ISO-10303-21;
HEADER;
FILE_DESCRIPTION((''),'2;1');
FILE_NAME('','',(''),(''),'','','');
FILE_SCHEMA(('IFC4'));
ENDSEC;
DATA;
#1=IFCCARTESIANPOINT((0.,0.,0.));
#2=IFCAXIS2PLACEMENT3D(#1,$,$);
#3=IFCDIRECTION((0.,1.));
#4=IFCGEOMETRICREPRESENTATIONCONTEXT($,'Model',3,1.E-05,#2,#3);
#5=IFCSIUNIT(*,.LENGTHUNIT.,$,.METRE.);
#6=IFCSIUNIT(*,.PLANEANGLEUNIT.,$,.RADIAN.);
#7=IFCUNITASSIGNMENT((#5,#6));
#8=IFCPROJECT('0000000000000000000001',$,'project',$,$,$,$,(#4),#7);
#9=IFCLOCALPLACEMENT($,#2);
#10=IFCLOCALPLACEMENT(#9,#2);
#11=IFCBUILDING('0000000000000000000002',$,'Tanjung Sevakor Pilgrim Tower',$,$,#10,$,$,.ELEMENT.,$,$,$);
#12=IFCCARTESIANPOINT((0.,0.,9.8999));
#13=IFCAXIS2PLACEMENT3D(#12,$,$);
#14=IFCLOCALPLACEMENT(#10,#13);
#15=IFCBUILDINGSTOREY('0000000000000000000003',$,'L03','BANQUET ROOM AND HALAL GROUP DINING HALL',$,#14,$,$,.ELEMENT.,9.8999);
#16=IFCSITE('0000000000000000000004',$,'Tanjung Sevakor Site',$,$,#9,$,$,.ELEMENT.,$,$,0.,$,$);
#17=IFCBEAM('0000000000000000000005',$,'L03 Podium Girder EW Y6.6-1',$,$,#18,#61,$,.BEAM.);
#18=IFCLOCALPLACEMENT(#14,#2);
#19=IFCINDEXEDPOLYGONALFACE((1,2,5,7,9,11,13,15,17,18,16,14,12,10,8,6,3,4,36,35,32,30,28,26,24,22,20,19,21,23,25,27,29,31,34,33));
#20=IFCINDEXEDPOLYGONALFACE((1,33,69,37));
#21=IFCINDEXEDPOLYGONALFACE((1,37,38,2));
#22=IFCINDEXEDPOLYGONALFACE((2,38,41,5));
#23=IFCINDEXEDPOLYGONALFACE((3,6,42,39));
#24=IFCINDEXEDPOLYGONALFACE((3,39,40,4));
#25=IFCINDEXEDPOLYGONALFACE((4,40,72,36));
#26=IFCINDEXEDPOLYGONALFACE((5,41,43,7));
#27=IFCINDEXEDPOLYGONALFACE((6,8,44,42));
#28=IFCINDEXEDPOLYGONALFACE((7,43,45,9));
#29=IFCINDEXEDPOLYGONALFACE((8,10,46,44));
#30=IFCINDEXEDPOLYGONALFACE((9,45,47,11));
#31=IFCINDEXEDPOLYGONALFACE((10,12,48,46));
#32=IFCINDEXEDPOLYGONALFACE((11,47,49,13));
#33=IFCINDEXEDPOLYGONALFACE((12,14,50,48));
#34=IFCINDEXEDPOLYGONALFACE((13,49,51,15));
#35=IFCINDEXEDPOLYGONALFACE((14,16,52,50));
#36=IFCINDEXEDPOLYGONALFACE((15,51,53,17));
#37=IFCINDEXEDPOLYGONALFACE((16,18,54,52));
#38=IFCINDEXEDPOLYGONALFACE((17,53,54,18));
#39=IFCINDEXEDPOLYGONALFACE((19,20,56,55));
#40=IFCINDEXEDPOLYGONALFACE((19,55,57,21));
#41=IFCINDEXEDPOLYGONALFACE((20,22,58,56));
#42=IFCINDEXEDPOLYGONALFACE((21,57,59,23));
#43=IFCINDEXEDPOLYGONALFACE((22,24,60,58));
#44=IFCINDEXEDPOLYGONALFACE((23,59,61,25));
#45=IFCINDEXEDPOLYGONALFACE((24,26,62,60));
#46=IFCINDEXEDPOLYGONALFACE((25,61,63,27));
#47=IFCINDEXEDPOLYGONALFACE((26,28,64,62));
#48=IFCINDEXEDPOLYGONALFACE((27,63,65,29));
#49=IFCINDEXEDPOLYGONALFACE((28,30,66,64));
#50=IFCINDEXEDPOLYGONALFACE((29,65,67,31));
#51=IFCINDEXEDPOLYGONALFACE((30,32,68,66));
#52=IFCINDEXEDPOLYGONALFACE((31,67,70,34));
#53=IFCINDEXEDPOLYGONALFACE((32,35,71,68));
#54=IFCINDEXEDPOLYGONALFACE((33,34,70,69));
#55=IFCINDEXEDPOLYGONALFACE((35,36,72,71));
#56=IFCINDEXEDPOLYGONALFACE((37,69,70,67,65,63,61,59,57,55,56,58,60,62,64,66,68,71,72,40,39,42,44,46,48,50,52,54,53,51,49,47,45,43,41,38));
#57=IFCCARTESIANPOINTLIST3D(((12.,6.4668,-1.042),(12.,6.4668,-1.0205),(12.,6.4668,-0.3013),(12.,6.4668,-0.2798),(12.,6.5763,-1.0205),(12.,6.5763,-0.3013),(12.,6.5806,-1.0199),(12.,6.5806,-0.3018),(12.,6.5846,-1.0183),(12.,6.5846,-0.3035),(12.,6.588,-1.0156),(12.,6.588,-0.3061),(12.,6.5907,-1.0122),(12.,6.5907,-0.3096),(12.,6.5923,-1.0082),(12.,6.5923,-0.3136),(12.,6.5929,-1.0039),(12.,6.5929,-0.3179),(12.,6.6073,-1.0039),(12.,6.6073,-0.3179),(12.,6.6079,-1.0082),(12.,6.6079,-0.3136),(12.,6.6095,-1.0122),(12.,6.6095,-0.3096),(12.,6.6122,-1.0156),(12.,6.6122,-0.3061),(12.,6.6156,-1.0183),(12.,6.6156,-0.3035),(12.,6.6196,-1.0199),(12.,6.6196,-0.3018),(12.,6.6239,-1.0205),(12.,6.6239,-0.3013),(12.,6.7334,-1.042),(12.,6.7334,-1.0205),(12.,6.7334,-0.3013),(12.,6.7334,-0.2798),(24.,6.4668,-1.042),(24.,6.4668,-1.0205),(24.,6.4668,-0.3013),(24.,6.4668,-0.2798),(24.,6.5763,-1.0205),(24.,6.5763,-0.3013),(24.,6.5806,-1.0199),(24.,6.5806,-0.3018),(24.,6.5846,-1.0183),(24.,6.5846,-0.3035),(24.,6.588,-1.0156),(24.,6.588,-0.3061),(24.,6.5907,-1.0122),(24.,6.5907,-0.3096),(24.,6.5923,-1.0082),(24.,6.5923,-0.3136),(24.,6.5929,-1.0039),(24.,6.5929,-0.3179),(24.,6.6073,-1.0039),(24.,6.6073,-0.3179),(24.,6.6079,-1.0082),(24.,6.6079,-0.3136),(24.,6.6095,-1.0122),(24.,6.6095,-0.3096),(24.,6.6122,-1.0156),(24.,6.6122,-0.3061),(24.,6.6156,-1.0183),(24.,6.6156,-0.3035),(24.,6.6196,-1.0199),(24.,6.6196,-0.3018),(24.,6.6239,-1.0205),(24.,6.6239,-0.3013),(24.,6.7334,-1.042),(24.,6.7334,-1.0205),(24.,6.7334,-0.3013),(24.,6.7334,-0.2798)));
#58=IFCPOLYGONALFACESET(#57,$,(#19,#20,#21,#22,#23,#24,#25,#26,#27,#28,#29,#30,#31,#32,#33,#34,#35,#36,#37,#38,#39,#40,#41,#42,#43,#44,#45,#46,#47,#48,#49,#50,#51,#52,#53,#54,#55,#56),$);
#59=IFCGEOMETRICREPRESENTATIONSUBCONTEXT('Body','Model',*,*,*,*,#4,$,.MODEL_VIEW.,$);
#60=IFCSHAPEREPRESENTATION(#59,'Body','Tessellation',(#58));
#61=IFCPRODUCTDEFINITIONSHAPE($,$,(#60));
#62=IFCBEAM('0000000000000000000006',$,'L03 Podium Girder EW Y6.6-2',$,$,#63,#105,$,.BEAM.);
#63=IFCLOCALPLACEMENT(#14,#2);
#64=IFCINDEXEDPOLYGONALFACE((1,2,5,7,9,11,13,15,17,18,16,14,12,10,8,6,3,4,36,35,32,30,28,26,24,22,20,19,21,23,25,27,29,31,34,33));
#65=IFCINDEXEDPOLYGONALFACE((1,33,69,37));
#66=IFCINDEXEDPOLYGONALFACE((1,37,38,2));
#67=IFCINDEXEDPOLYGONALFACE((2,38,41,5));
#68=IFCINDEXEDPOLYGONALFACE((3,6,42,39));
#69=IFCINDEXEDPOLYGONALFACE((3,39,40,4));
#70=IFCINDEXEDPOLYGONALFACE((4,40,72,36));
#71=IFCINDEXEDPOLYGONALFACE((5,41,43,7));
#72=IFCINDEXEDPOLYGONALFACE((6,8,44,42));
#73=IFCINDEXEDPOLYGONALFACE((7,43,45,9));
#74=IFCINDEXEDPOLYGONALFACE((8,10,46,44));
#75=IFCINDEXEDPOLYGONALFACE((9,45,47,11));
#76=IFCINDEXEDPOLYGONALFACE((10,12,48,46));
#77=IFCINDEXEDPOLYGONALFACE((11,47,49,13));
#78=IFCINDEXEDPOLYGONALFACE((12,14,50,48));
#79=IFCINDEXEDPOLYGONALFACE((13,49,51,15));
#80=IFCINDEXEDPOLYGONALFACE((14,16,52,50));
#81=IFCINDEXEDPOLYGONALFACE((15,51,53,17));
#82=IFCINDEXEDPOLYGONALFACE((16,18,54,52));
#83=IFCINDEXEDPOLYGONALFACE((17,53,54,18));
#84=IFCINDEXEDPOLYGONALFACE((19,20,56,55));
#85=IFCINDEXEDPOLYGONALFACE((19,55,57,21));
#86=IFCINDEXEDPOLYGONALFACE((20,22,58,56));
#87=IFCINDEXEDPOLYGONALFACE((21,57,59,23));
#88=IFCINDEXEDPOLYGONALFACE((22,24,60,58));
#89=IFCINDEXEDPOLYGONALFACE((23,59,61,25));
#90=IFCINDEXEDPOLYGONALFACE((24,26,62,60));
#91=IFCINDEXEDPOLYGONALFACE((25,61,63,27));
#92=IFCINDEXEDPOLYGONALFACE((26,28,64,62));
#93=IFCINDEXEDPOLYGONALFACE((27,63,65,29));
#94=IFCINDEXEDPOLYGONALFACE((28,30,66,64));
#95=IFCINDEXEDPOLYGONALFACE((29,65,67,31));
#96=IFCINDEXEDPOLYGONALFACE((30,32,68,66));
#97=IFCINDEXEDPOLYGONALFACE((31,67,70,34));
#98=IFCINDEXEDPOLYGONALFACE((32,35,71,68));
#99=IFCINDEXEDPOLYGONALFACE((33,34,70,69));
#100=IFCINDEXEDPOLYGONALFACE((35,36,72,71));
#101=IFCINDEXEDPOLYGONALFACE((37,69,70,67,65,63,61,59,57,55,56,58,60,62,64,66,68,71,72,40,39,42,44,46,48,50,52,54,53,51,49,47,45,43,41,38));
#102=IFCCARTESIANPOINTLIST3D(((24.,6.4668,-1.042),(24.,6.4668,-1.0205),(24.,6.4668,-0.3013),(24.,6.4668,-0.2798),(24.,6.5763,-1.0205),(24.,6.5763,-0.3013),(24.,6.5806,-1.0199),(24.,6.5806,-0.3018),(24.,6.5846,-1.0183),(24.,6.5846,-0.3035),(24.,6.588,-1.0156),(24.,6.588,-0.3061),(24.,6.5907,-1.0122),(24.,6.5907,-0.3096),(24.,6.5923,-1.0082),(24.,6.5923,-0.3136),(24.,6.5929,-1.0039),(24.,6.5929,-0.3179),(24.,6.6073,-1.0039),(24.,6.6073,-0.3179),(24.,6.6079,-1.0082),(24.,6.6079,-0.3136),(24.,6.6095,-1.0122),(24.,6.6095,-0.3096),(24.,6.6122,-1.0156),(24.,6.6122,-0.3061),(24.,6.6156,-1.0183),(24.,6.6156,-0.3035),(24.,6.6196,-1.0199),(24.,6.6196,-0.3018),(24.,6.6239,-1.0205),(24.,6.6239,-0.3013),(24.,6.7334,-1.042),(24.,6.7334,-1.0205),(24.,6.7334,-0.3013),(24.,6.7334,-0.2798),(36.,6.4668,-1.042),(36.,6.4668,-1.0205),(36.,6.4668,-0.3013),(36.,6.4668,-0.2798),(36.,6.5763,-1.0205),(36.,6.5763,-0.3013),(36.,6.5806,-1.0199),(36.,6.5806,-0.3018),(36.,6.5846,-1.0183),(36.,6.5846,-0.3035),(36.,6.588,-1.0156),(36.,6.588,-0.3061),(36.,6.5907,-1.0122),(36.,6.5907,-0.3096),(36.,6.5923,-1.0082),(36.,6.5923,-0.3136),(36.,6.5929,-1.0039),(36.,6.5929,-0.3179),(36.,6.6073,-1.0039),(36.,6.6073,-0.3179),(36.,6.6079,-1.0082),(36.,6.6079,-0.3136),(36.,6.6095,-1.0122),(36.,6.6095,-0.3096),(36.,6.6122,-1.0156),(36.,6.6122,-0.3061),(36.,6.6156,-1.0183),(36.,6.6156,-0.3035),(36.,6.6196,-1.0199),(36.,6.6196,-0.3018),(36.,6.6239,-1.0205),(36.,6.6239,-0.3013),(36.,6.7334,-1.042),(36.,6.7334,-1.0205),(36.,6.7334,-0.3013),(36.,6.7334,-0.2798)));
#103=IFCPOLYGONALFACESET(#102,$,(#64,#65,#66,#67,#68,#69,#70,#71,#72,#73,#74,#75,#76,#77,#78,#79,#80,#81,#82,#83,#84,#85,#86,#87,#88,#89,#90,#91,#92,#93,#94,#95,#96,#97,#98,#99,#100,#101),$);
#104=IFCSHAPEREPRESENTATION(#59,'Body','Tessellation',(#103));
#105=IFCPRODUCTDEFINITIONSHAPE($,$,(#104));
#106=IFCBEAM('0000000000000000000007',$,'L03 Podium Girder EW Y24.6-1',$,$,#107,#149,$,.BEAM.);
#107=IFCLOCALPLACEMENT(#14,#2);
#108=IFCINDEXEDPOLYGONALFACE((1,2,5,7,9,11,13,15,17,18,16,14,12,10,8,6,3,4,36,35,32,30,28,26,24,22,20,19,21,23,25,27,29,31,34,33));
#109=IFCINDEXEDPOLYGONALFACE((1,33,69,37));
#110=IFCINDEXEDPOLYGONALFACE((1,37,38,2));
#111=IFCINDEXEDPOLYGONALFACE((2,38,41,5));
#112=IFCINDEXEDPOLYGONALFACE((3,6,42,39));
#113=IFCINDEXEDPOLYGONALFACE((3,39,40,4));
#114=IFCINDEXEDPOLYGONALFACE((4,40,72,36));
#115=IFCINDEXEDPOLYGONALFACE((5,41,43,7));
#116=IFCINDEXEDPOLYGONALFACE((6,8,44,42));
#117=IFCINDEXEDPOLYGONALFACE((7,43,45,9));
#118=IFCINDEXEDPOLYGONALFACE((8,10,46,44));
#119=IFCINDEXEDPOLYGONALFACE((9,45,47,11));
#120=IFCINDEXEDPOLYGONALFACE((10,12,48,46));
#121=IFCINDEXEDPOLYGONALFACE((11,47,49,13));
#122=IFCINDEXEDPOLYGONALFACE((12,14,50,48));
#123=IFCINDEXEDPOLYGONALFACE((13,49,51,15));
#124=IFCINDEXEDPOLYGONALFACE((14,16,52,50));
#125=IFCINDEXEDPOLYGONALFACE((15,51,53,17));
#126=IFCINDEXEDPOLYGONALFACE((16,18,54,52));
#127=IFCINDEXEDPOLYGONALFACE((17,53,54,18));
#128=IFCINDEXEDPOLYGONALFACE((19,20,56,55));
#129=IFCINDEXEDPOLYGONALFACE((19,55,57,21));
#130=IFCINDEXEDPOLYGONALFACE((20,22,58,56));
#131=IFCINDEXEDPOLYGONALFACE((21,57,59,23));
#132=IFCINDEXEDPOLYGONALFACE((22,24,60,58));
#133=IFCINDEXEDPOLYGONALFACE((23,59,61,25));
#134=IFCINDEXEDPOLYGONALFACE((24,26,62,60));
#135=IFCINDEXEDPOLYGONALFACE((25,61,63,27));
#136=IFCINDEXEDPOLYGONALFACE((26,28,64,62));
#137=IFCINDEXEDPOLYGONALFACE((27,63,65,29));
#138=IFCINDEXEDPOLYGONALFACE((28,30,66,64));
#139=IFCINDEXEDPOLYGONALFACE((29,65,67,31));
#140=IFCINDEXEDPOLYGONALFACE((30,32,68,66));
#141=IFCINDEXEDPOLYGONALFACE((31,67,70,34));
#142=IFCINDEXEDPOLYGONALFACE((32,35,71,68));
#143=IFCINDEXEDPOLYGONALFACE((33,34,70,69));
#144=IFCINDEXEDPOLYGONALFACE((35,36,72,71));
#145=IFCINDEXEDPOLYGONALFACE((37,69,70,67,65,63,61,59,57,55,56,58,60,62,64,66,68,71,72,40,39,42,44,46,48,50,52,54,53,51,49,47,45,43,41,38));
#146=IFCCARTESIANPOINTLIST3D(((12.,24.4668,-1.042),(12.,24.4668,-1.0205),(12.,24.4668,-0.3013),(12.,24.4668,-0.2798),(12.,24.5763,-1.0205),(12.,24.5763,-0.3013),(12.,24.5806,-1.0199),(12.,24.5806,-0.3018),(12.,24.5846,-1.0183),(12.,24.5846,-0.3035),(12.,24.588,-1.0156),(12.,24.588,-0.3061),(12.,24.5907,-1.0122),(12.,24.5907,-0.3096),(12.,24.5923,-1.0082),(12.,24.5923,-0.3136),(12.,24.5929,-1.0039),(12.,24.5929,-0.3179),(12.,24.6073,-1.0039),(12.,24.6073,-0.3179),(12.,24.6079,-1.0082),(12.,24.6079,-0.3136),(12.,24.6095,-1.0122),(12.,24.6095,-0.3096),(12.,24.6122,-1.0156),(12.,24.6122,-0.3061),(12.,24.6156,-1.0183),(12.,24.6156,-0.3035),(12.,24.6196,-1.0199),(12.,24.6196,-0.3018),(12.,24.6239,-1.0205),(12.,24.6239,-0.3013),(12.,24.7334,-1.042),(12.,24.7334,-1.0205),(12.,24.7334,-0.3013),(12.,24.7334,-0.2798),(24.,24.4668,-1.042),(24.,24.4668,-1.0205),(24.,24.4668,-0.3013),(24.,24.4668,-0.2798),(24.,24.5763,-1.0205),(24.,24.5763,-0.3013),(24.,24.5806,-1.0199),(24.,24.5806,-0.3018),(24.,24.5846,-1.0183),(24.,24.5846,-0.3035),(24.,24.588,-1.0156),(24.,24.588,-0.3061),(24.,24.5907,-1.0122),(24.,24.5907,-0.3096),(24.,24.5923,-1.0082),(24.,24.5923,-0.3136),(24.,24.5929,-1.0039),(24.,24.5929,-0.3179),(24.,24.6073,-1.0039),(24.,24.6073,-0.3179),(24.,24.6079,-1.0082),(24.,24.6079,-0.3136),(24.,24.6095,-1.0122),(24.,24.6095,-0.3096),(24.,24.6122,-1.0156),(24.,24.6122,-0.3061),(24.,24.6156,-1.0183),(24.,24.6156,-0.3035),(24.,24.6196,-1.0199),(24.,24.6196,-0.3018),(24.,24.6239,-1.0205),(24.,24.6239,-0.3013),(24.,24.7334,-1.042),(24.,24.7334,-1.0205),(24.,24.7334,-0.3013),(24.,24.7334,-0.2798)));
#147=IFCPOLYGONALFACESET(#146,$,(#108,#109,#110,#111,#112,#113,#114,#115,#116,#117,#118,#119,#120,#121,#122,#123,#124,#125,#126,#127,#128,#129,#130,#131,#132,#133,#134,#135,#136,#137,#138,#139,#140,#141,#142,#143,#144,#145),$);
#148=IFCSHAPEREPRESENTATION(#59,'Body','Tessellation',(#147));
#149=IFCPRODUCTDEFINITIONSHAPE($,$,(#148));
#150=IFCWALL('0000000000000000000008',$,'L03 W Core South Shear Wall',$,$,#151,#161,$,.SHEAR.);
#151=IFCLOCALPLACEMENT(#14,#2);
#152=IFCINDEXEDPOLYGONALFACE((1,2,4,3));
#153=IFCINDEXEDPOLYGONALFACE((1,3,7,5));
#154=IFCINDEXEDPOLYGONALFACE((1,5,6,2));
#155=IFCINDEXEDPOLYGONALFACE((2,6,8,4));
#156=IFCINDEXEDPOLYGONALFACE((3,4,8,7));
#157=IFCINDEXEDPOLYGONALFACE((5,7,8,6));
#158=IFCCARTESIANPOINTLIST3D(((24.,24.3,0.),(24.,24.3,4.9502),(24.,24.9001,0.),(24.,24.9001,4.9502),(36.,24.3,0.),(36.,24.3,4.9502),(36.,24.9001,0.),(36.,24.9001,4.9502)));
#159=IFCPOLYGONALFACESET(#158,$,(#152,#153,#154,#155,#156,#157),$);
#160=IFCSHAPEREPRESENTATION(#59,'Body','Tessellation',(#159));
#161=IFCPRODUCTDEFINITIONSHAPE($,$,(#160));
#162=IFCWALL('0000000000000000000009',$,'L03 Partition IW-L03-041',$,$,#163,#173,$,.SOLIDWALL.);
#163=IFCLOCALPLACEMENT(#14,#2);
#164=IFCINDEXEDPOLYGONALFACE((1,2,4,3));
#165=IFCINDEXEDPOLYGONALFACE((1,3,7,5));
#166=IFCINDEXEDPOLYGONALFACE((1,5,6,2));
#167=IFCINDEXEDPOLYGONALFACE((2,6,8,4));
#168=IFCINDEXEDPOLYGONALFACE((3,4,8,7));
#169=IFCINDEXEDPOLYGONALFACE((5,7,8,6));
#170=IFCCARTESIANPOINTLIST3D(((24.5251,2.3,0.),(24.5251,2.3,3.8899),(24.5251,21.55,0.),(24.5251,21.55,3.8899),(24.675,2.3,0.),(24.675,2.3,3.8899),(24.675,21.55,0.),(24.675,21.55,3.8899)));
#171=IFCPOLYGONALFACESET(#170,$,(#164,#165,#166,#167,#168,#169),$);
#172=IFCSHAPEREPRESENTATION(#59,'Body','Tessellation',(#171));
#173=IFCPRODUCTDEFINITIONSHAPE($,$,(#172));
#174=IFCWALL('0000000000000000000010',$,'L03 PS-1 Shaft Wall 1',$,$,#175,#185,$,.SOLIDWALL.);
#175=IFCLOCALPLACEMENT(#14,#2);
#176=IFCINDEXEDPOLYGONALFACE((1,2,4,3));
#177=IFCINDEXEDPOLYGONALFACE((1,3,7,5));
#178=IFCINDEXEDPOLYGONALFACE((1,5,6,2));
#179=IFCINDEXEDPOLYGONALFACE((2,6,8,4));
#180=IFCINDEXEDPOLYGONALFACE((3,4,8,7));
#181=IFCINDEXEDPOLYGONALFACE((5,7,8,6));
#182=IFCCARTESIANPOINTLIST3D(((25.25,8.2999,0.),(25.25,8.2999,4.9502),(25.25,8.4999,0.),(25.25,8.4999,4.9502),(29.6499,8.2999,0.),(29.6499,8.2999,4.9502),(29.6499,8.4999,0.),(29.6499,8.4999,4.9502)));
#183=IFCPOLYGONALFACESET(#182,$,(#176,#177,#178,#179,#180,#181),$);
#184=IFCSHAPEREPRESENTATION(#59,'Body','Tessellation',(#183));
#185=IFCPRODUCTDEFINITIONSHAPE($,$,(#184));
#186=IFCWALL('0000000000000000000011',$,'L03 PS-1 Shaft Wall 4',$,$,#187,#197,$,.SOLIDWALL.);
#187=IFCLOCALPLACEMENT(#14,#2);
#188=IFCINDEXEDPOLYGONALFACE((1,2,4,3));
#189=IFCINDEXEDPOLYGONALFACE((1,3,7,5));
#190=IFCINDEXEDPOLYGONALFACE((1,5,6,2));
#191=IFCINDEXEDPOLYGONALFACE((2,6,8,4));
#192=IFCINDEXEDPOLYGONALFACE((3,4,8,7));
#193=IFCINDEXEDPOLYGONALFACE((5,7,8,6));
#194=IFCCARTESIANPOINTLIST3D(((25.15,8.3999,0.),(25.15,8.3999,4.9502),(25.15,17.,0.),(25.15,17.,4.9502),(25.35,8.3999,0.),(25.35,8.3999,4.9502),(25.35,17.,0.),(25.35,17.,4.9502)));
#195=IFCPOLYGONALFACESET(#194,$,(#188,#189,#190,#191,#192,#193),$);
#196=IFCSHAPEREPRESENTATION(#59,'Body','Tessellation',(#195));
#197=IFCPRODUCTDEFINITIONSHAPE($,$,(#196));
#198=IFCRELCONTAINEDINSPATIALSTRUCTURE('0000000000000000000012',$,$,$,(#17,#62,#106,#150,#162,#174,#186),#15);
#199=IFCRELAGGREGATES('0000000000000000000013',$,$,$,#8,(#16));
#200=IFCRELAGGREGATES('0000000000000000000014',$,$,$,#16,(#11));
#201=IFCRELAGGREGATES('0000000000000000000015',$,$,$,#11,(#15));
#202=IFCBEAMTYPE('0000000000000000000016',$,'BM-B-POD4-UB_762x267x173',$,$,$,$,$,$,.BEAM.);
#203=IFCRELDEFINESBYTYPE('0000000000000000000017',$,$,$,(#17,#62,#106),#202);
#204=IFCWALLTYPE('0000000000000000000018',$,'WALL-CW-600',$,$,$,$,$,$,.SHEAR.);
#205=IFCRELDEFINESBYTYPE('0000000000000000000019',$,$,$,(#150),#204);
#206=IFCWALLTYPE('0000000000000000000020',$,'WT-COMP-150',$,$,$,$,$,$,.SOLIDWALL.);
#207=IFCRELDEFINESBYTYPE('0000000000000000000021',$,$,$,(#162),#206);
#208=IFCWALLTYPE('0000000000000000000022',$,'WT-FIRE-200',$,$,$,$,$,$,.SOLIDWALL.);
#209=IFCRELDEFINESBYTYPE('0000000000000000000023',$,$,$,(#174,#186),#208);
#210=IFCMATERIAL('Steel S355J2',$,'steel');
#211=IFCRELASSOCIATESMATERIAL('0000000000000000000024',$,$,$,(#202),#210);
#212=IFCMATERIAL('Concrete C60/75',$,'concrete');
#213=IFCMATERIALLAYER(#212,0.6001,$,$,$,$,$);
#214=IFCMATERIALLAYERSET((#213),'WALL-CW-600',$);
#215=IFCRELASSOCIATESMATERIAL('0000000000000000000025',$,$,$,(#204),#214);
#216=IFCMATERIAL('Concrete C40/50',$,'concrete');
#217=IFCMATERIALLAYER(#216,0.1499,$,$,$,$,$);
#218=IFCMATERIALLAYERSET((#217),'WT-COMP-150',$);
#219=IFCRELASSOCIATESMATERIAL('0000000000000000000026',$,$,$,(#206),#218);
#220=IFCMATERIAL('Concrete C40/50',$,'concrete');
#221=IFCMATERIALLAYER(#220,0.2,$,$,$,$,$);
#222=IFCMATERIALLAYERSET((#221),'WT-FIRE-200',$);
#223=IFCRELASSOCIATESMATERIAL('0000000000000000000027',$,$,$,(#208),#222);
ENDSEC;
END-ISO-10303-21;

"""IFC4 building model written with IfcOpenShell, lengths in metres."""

from ifc_helpers import new_model, si_unit, direction, frame, frame_2d, origin, origin_2d, place, context, subcontext, project, spatial, rectangle, i_section, extrude, material, layer, layer_set, material_profile, profile_set, type_object, element, save


model = new_model("IFC4")

# Units and contexts
model_context = context("Model", 3, precision=1e-05, world=origin(), true_north=direction((0.0, 1.0)))
body_context = subcontext(model_context, "Body", "Model", "MODEL_VIEW")
ifc_project = project(units=[si_unit("LENGTHUNIT", "METRE"), si_unit("PLANEANGLEUNIT", "RADIAN")], contexts=[model_context])

# Site, building, storey
site_placement = place(None, origin())
site = spatial("IfcSite", under=ifc_project, at=site_placement, Name="Tanjung Sevakor Site", CompositionType="ELEMENT", RefElevation=0.0)
building_placement = place(site_placement, origin())
building = spatial("IfcBuilding", under=site, at=building_placement, Name="Tanjung Sevakor Pilgrim Tower", CompositionType="ELEMENT")
storey_placement = place(building_placement, frame((0.0, 0.0, 9.8999)))
storey = spatial("IfcBuildingStorey", under=building, at=storey_placement, Name="L03", Description="BANQUET ROOM AND HALAL GROUP DINING HALL", CompositionType="ELEMENT", Elevation=9.8999)

# Beams
ifc_material_1 = material(Name="Steel S355J2", Category="steel")
ifc_material_profile_1 = material_profile(ifc_material_1, i_section(OverallWidth=0.2666, OverallDepth=0.7622, WebThickness=0.0144, FlangeThickness=0.0215, FilletRadius=0.0166, at=origin_2d()))
ifc_profile_set_1 = profile_set([ifc_material_profile_1], Name="Steel S355J2")
beam_type_1 = type_object("IfcBeamType", Name="BM-B-POD4-UB_762x267x173", PredefinedType="BEAM", material=ifc_profile_set_1)
for number, where, z_axis, x_axis, name in (
    (1, (12.0, 6.6001, -0.6609), (1.0, 0.0, 0.0), (0.0, 1.0, 0.0), "L03 Podium Girder EW Y6.6-1"),
    (2, (24.0, 6.6001, -0.6609), (1.0, 0.0, 0.0), (0.0, 1.0, 0.0), "L03 Podium Girder EW Y6.6-2"),
    (3, (12.0, 24.6001, -0.6609), (1.0, 0.0, 0.0), (0.0, 1.0, 0.0), "L03 Podium Girder EW Y24.6-1"),
):
    element("IfcBeam", number, at=place(storey_placement, frame(where, z_axis=z_axis, x_axis=x_axis)), inside=storey, type_object=beam_type_1, Name=name, PredefinedType="BEAM", context=body_context, shape_type="SweptSolid", body=[
        extrude(i_section(OverallWidth=0.2666, OverallDepth=0.7622, WebThickness=0.0144, FlangeThickness=0.0215, FilletRadius=0.0166, at=origin_2d()), origin(), (0.0, 0.0, 1.0), 12.0),
    ])

# Walls
ifc_material_2 = material(Name="Concrete C60/75", Category="concrete")
ifc_layer_1 = layer(ifc_material_2, 0.6001)
ifc_layer_set_1 = layer_set([ifc_layer_1], Name="WALL-CW-600")
wall_type_1 = type_object("IfcWallType", Name="WALL-CW-600", PredefinedType="SHEAR", material=ifc_layer_set_1)
wall_1_placement = place(storey_placement, frame((24.0, 24.6001, 0.0), z_axis=(0.0, 0.0, 1.0), x_axis=(1.0, 0.0, 0.0)))
element("IfcWall", 4, at=wall_1_placement, inside=storey, type_object=wall_type_1, Name="L03 W Core South Shear Wall", PredefinedType="SHEAR", context=body_context, shape_type="SweptSolid", body=[
    extrude(rectangle(XDim=12.0, YDim=0.6001, at=frame_2d((6.0, 0.0))), origin(), (0.0, 0.0, 1.0), 4.9502),
])
ifc_material_3 = material(Name="Concrete C40/50", Category="concrete")
ifc_layer_2 = layer(ifc_material_3, 0.1499)
ifc_layer_set_2 = layer_set([ifc_layer_2], Name="WT-COMP-150")
wall_type_2 = type_object("IfcWallType", Name="WT-COMP-150", PredefinedType="SOLIDWALL", material=ifc_layer_set_2)
wall_2_placement = place(storey_placement, frame((24.6001, 2.3, 0.0), z_axis=(0.0, 0.0, 1.0), x_axis=(0.0, 1.0, 0.0)))
element("IfcWall", 5, at=wall_2_placement, inside=storey, type_object=wall_type_2, Name="L03 Partition IW-L03-041", PredefinedType="SOLIDWALL", context=body_context, shape_type="SweptSolid", body=[
    extrude(rectangle(XDim=19.25, YDim=0.1499, at=frame_2d((9.625, 0.0))), origin(), (0.0, 0.0, 1.0), 3.8899),
])
ifc_material_4 = material(Name="Concrete C40/50", Category="concrete")
ifc_layer_3 = layer(ifc_material_4, 0.2)
ifc_layer_set_3 = layer_set([ifc_layer_3], Name="WT-FIRE-200")
wall_type_3 = type_object("IfcWallType", Name="WT-FIRE-200", PredefinedType="SOLIDWALL", material=ifc_layer_set_3)
wall_3_placement = place(storey_placement, frame((25.25, 8.3999, 0.0), z_axis=(0.0, 0.0, 1.0), x_axis=(1.0, 0.0, 0.0)))
element("IfcWall", 6, at=wall_3_placement, inside=storey, type_object=wall_type_3, Name="L03 PS-1 Shaft Wall 1", PredefinedType="SOLIDWALL", context=body_context, shape_type="SweptSolid", body=[
    extrude(rectangle(XDim=4.3999, YDim=0.2, at=frame_2d((2.2, 0.0))), origin(), (0.0, 0.0, 1.0), 4.9502),
])
wall_4_placement = place(storey_placement, frame((25.25, 17.0, 0.0), z_axis=(0.0, 0.0, 1.0), x_axis=(0.0, -1.0, 0.0)))
element("IfcWall", 7, at=wall_4_placement, inside=storey, type_object=wall_type_3, Name="L03 PS-1 Shaft Wall 4", PredefinedType="SOLIDWALL", context=body_context, shape_type="SweptSolid", body=[
    extrude(rectangle(XDim=8.6001, YDim=0.2, at=frame_2d((4.3, 0.0))), origin(), (0.0, 0.0, 1.0), 4.9502),
])

save(model, "model.ifc")
